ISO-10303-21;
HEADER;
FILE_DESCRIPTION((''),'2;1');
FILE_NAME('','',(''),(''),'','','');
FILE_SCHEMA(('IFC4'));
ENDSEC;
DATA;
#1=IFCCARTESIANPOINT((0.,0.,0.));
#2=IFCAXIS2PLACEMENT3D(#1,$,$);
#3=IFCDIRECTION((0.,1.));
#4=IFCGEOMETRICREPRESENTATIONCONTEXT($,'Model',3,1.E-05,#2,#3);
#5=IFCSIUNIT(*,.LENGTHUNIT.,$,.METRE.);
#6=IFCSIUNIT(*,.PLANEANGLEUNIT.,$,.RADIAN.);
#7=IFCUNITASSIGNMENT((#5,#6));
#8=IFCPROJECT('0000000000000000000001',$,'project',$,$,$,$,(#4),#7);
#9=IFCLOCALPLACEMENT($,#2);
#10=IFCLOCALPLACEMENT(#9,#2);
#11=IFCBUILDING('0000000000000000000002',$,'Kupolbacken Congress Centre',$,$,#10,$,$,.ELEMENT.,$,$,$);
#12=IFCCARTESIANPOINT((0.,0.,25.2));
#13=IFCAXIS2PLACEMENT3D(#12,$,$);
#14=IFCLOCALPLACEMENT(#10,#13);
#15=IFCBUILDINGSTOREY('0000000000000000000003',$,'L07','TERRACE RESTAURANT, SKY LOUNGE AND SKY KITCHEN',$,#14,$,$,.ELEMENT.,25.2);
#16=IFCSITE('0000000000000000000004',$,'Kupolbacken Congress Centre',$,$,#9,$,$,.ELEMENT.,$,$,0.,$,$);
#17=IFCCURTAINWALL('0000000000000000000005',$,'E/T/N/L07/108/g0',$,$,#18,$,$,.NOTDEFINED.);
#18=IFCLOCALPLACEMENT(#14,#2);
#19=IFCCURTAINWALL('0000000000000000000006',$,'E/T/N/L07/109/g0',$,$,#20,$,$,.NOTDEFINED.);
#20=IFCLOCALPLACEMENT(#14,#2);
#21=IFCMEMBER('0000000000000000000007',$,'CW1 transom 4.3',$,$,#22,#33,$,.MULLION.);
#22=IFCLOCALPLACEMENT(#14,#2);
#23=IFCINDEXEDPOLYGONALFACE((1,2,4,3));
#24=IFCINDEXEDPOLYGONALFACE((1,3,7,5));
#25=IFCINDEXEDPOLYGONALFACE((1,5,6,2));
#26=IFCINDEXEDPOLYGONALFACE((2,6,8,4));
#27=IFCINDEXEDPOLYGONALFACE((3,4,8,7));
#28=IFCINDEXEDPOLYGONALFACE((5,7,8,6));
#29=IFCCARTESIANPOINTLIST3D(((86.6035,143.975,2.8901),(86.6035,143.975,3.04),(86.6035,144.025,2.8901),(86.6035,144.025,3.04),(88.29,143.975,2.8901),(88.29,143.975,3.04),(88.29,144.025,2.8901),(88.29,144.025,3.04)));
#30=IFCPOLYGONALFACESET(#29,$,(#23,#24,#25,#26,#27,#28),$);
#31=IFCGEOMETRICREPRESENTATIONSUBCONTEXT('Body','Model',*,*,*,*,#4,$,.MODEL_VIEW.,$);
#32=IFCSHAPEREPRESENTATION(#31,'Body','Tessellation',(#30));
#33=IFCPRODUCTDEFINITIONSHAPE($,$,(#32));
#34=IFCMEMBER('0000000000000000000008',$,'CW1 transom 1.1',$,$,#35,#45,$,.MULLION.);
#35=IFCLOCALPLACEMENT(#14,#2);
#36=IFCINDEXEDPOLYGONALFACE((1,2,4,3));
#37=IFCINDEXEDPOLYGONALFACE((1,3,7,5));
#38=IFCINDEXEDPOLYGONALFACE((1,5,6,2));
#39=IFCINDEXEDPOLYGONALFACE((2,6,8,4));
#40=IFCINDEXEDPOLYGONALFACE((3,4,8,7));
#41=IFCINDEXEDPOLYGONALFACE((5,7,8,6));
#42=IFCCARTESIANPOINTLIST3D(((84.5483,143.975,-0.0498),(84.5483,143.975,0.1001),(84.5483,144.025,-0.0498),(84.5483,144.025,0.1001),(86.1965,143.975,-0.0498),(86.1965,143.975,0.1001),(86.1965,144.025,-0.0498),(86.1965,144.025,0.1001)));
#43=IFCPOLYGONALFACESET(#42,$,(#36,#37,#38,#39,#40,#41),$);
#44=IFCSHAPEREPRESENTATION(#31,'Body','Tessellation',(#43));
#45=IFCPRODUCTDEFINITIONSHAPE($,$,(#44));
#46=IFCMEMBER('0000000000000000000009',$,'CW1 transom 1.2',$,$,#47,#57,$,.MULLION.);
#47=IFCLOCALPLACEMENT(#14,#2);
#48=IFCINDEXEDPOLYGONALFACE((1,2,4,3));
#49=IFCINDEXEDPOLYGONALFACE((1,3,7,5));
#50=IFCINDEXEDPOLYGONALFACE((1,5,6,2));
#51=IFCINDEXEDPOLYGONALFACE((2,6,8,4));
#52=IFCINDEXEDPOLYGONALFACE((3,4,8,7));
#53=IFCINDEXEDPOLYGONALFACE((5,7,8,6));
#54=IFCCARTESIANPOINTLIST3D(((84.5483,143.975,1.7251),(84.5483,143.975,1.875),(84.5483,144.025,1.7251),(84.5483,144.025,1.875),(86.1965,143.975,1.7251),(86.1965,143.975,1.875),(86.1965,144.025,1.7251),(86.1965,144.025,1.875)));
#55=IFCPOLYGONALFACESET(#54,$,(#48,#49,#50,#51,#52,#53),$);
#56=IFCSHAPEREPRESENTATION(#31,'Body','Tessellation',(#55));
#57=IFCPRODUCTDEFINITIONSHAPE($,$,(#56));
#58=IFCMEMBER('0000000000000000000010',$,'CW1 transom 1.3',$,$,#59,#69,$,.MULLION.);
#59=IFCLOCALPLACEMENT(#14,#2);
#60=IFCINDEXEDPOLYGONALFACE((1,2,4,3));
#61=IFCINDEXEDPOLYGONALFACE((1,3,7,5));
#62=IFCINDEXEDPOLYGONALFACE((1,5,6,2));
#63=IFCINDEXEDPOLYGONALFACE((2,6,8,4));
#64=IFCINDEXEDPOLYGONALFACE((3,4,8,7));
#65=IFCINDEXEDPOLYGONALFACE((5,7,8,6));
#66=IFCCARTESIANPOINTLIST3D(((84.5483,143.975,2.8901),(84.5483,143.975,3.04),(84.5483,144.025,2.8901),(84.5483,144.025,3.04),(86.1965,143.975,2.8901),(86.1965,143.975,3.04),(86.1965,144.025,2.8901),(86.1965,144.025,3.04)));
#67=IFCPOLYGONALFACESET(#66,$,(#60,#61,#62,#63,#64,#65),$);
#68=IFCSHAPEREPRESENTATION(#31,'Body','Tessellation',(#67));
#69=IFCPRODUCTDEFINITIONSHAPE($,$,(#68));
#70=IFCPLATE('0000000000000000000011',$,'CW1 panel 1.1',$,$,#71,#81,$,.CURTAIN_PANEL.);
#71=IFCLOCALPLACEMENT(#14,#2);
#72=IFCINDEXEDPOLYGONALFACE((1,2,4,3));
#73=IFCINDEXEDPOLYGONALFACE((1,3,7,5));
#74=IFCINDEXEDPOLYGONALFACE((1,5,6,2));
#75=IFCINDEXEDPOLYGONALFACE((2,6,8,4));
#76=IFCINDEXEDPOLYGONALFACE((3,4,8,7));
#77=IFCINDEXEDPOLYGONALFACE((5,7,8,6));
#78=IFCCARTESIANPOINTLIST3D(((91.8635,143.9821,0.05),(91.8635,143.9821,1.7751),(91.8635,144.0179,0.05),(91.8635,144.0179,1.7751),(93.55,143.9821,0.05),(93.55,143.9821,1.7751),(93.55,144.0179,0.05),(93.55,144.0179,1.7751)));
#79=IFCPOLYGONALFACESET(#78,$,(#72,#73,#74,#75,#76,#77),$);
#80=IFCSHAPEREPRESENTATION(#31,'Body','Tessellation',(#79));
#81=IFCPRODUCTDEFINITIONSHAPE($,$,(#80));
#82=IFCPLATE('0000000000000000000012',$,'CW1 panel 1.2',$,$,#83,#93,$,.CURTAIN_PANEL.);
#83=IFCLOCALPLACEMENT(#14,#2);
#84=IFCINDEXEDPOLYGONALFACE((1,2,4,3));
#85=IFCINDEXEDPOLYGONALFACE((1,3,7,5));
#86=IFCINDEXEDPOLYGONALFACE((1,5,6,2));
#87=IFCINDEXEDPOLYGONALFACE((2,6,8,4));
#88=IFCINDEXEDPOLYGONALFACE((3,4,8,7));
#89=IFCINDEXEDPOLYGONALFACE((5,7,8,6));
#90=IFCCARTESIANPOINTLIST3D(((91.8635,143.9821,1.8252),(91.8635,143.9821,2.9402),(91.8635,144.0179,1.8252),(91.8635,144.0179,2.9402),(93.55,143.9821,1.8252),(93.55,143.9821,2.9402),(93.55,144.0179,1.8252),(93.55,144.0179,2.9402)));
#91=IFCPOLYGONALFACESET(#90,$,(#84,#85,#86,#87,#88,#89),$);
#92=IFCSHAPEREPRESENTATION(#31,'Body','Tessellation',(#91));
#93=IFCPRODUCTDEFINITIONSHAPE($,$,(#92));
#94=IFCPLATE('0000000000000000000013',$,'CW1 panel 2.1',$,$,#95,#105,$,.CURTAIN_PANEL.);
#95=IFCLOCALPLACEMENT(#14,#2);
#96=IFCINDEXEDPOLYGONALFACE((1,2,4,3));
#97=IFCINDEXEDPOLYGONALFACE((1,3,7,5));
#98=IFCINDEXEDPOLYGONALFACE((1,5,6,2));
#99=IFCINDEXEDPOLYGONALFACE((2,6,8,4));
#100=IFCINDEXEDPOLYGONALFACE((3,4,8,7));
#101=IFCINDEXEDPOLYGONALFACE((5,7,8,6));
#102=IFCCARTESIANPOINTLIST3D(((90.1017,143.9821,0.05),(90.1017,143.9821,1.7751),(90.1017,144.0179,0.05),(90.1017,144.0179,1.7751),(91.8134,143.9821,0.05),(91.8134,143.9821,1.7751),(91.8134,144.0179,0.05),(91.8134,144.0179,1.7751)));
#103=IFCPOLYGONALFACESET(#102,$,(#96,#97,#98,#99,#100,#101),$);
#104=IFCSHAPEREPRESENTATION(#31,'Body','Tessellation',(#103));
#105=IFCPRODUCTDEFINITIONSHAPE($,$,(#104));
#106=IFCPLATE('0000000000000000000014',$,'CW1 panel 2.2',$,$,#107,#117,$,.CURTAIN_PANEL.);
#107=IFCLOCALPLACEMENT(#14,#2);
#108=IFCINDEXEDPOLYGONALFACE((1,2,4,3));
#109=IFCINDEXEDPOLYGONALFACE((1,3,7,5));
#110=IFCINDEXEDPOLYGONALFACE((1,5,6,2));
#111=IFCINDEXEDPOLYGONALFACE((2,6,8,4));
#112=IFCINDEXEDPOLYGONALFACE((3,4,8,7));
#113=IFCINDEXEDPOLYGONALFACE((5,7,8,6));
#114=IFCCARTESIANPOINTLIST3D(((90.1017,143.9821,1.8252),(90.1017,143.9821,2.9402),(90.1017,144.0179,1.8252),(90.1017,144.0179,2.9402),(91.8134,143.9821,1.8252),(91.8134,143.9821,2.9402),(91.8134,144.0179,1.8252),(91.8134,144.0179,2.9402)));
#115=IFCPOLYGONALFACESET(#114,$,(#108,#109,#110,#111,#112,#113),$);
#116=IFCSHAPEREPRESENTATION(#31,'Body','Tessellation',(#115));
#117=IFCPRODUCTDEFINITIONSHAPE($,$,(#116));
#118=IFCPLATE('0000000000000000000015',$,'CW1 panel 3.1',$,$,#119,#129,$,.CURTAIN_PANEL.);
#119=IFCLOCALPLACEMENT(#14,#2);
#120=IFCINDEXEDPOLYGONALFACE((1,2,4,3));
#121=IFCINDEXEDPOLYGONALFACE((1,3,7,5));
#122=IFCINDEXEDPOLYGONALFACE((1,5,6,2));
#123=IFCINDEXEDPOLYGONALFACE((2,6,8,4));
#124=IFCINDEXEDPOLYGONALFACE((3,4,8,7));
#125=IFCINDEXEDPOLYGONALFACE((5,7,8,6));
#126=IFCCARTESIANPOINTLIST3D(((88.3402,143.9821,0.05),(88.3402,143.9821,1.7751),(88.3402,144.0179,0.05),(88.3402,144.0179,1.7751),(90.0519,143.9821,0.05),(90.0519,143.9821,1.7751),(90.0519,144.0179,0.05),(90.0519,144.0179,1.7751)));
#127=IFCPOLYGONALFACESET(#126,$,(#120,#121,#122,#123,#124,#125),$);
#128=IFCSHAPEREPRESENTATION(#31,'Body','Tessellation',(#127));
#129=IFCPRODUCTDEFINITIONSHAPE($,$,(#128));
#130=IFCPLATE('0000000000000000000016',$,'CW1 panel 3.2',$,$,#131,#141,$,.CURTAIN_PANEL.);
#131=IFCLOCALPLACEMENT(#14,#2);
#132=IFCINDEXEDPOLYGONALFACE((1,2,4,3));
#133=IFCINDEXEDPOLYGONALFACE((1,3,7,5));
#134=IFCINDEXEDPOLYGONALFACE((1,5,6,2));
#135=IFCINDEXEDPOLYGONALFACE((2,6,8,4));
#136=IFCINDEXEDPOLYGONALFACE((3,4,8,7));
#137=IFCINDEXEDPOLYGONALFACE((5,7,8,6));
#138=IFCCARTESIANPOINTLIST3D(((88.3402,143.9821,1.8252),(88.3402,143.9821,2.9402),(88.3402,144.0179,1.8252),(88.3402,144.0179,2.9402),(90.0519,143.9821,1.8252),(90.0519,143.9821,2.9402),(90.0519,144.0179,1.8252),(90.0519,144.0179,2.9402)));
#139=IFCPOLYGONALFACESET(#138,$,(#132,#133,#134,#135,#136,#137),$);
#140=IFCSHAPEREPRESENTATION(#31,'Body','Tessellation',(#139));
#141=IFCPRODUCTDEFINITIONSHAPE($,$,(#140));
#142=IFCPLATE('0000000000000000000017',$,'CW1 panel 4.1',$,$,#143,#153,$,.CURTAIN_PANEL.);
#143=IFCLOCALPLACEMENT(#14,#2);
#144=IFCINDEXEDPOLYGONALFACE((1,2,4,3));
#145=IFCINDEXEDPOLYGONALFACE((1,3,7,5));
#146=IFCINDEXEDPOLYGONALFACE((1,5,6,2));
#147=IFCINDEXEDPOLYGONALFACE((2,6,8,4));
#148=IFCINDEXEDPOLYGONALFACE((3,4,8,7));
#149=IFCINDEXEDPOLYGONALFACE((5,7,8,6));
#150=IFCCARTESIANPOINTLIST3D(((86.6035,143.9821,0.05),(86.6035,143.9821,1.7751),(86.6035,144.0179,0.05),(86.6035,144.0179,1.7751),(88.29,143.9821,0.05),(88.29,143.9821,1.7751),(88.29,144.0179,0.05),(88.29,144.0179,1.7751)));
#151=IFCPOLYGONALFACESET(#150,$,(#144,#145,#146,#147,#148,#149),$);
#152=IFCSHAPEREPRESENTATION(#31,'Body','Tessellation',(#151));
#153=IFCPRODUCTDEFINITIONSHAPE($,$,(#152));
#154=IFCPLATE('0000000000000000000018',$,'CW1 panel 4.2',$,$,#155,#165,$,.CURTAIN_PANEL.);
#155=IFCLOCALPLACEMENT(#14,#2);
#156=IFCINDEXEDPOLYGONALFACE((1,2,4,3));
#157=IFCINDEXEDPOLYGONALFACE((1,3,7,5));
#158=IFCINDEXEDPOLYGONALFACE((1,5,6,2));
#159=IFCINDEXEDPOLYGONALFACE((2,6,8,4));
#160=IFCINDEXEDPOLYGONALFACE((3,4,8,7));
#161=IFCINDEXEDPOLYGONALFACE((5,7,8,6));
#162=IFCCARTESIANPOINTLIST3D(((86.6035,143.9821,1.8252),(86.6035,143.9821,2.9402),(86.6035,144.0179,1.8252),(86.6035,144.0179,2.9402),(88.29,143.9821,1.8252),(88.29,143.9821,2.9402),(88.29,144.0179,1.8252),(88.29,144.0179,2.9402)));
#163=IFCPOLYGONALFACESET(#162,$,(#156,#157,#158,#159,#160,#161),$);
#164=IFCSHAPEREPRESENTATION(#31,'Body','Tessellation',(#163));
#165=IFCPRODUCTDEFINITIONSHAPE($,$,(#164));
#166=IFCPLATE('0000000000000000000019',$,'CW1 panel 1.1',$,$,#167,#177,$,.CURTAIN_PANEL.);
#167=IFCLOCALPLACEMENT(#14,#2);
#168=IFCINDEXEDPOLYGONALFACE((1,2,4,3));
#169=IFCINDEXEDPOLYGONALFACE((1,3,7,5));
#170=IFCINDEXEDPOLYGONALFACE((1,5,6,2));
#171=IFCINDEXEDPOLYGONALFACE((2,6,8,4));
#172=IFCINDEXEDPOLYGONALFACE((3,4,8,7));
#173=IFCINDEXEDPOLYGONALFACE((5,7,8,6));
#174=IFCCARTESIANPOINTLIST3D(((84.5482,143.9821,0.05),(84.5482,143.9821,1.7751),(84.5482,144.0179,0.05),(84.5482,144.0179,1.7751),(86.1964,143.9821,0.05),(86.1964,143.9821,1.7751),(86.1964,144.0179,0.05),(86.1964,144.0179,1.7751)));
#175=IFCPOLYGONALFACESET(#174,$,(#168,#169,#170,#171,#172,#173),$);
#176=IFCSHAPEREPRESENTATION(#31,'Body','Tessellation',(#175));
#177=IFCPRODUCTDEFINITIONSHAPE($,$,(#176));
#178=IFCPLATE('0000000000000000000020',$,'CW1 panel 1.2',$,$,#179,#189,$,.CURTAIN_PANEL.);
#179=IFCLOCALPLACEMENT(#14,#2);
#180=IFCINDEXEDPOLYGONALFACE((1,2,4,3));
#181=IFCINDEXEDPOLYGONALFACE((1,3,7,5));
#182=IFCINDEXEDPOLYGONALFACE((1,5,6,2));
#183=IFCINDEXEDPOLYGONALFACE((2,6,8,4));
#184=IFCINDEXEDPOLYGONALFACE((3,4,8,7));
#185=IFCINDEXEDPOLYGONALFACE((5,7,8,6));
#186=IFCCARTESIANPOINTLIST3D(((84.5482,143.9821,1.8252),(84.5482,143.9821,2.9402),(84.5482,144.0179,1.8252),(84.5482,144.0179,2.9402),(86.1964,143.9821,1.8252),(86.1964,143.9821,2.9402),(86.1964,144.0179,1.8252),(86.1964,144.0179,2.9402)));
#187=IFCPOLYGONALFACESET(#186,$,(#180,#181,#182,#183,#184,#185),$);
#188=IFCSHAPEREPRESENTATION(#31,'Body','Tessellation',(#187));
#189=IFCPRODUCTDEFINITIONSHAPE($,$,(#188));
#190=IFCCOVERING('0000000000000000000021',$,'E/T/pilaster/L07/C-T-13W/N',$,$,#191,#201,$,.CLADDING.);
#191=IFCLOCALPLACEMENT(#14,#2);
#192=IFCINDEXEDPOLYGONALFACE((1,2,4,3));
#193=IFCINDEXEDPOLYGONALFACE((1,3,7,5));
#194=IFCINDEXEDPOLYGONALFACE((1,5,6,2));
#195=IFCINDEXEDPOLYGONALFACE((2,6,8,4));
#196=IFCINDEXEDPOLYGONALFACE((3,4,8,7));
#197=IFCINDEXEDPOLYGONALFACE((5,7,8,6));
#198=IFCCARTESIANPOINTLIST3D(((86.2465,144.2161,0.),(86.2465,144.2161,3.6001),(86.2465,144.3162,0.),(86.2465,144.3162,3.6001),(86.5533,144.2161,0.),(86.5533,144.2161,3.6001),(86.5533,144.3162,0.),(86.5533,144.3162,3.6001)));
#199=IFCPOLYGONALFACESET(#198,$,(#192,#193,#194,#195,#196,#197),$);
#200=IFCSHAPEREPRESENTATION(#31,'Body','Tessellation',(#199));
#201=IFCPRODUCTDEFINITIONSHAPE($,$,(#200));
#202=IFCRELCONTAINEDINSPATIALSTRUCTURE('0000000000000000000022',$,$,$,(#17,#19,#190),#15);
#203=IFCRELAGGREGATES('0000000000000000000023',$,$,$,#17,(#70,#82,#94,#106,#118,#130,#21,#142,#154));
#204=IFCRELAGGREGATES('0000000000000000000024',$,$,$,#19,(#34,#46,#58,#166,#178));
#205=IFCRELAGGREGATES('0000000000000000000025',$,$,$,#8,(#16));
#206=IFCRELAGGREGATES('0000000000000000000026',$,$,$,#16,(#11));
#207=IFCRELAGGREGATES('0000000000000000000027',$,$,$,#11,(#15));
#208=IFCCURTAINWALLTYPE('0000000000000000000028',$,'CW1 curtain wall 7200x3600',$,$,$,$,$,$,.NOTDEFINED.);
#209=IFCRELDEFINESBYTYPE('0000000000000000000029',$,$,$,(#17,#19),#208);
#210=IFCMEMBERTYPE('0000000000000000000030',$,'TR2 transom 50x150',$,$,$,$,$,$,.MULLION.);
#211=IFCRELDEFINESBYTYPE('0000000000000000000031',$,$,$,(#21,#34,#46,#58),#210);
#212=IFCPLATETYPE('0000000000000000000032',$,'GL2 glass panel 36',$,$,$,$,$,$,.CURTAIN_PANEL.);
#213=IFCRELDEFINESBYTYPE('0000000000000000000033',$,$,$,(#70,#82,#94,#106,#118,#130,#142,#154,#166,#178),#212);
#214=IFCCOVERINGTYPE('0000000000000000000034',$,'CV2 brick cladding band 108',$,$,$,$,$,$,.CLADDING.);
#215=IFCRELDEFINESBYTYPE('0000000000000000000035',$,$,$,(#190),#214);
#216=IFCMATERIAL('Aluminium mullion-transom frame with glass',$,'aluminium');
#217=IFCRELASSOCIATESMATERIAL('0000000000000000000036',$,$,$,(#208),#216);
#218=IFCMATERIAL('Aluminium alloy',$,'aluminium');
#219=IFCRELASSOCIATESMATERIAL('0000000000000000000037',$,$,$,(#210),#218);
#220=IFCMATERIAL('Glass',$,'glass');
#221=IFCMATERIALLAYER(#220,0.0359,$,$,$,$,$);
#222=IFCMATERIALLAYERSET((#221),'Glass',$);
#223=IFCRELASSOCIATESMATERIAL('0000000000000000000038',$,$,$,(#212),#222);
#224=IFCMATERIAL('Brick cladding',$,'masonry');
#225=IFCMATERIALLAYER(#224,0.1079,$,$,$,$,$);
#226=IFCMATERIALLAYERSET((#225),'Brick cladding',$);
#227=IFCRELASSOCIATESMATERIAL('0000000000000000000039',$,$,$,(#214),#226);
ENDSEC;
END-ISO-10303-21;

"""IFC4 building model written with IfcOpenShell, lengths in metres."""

from ifc_helpers import new_model, si_unit, direction, frame, origin, origin_2d, place, context, subcontext, project, spatial, rectangle, extrude, material, layer, layer_set, material_profile, profile_set, type_object, element, aggregate, save


model = new_model("IFC4")

# Units and contexts
model_context = context("Model", 3, precision=1e-05, world=origin(), true_north=direction((0.0, 1.0)))
body_context = subcontext(model_context, "Body", "Model", "MODEL_VIEW")
ifc_project = project(units=[si_unit("LENGTHUNIT", "METRE"), si_unit("PLANEANGLEUNIT", "RADIAN")], contexts=[model_context])

# Site, building, storey
site_placement = place(None, origin())
site = spatial("IfcSite", under=ifc_project, at=site_placement, Name="Kupolbacken Congress Centre", CompositionType="ELEMENT", RefElevation=0.0)
building_placement = place(site_placement, origin())
building = spatial("IfcBuilding", under=site, at=building_placement, Name="Kupolbacken Congress Centre", CompositionType="ELEMENT")
storey_placement = place(building_placement, frame((0.0, 0.0, 25.2)))
storey = spatial("IfcBuildingStorey", under=building, at=storey_placement, Name="L07", Description="TERRACE RESTAURANT, SKY LOUNGE AND SKY KITCHEN", CompositionType="ELEMENT", Elevation=25.2)

# Curtain walls
ifc_material_1 = material(Name="Aluminium mullion-transom frame with glass", Category="aluminium")
curtain_wall_type = type_object("IfcCurtainWallType", Name="CW1 curtain wall 7200x3600", PredefinedType="NOTDEFINED", material=ifc_material_1)
curtain_wall_1_placement = place(storey_placement, origin())
curtain_wall_1 = element("IfcCurtainWall", 1, at=curtain_wall_1_placement, inside=storey, type_object=curtain_wall_type, Name="E/T/N/L07/108/g0", PredefinedType="NOTDEFINED")
curtain_wall_2_placement = place(storey_placement, origin())
curtain_wall_2 = element("IfcCurtainWall", 2, at=curtain_wall_2_placement, inside=storey, type_object=curtain_wall_type, Name="E/T/N/L07/109/g0", PredefinedType="NOTDEFINED")

# Members
ifc_material_2 = material(Name="Aluminium alloy", Category="aluminium")
ifc_material_profile_1 = material_profile(ifc_material_2, rectangle(XDim=0.05, YDim=0.1499, at=origin_2d()), Name="50 x 150")
ifc_profile_set_1 = profile_set([ifc_material_profile_1], Name="Aluminium alloy")
member_type_1 = type_object("IfcMemberType", Name="TR2 transom 50x150", PredefinedType="MULLION", material=ifc_profile_set_1)
member_1_placement = place(storey_placement, frame((88.29, 144.0, 2.9651), z_axis=(-1.0, 0.0, 0.0), x_axis=(0.0, -1.0, 0.0)))
member_1 = element("IfcMember", 3, at=member_1_placement, type_object=member_type_1, Name="CW1 transom 4.3", PredefinedType="MULLION", context=body_context, shape_type="SweptSolid", body=[
    extrude(rectangle(XDim=0.05, YDim=0.1499, at=origin_2d()), origin(), (0.0, 0.0, 1.0), 1.6865),
])
member_2_placement = place(storey_placement, frame((86.1965, 144.0, 0.0251), z_axis=(-1.0, 0.0, 0.0), x_axis=(0.0, -1.0, 0.0)))
member_2 = element("IfcMember", 4, at=member_2_placement, type_object=member_type_1, Name="CW1 transom 1.1", PredefinedType="MULLION", context=body_context, shape_type="SweptSolid", body=[
    extrude(rectangle(XDim=0.05, YDim=0.1499, at=origin_2d()), origin(), (0.0, 0.0, 1.0), 1.6482),
])
member_3_placement = place(storey_placement, frame((86.1965, 144.0, 1.8), z_axis=(-1.0, 0.0, 0.0), x_axis=(0.0, -1.0, 0.0)))
member_3 = element("IfcMember", 5, at=member_3_placement, type_object=member_type_1, Name="CW1 transom 1.2", PredefinedType="MULLION", context=body_context, shape_type="SweptSolid", body=[
    extrude(rectangle(XDim=0.05, YDim=0.1499, at=origin_2d()), origin(), (0.0, 0.0, 1.0), 1.6482),
])
member_4_placement = place(storey_placement, frame((86.1965, 144.0, 2.9651), z_axis=(-1.0, 0.0, 0.0), x_axis=(0.0, -1.0, 0.0)))
member_4 = element("IfcMember", 6, at=member_4_placement, type_object=member_type_1, Name="CW1 transom 1.3", PredefinedType="MULLION", context=body_context, shape_type="SweptSolid", body=[
    extrude(rectangle(XDim=0.05, YDim=0.1499, at=origin_2d()), origin(), (0.0, 0.0, 1.0), 1.6482),
])

# Plates
ifc_material_3 = material(Name="Glass", Category="glass")
ifc_layer_1 = layer(ifc_material_3, 0.0359)
ifc_layer_set_1 = layer_set([ifc_layer_1], Name="Glass")
plate_type = type_object("IfcPlateType", Name="GL2 glass panel 36", PredefinedType="CURTAIN_PANEL", material=ifc_layer_set_1)
plate_1_placement = place(storey_placement, frame((92.7068, 144.0, 0.05), z_axis=(0.0, 0.0, 1.0), x_axis=(-1.0, 0.0, 0.0)))
plate_1 = element("IfcPlate", 7, at=plate_1_placement, type_object=plate_type, Name="CW1 panel 1.1", PredefinedType="CURTAIN_PANEL", context=body_context, shape_type="SweptSolid", body=[
    extrude(rectangle(XDim=1.6865, YDim=0.0359, at=origin_2d()), origin(), (0.0, 0.0, 1.0), 1.7251),
])
plate_2_placement = place(storey_placement, frame((92.7068, 144.0, 1.8252), z_axis=(0.0, 0.0, 1.0), x_axis=(-1.0, 0.0, 0.0)))
plate_2 = element("IfcPlate", 8, at=plate_2_placement, type_object=plate_type, Name="CW1 panel 1.2", PredefinedType="CURTAIN_PANEL", context=body_context, shape_type="SweptSolid", body=[
    extrude(rectangle(XDim=1.6865, YDim=0.0359, at=origin_2d()), origin(), (0.0, 0.0, 1.0), 1.115),
])
plate_3_placement = place(storey_placement, frame((90.9575, 144.0, 0.05), z_axis=(0.0, 0.0, 1.0), x_axis=(-1.0, 0.0, 0.0)))
plate_3 = element("IfcPlate", 9, at=plate_3_placement, type_object=plate_type, Name="CW1 panel 2.1", PredefinedType="CURTAIN_PANEL", context=body_context, shape_type="SweptSolid", body=[
    extrude(rectangle(XDim=1.7117, YDim=0.0359, at=origin_2d()), origin(), (0.0, 0.0, 1.0), 1.7251),
])
plate_4_placement = place(storey_placement, frame((90.9575, 144.0, 1.8252), z_axis=(0.0, 0.0, 1.0), x_axis=(-1.0, 0.0, 0.0)))
plate_4 = element("IfcPlate", 10, at=plate_4_placement, type_object=plate_type, Name="CW1 panel 2.2", PredefinedType="CURTAIN_PANEL", context=body_context, shape_type="SweptSolid", body=[
    extrude(rectangle(XDim=1.7117, YDim=0.0359, at=origin_2d()), origin(), (0.0, 0.0, 1.0), 1.115),
])
plate_5_placement = place(storey_placement, frame((89.196, 144.0, 0.05), z_axis=(0.0, 0.0, 1.0), x_axis=(-1.0, 0.0, 0.0)))
plate_5 = element("IfcPlate", 11, at=plate_5_placement, type_object=plate_type, Name="CW1 panel 3.1", PredefinedType="CURTAIN_PANEL", context=body_context, shape_type="SweptSolid", body=[
    extrude(rectangle(XDim=1.7117, YDim=0.0359, at=origin_2d()), origin(), (0.0, 0.0, 1.0), 1.7251),
])
plate_6_placement = place(storey_placement, frame((89.196, 144.0, 1.8252), z_axis=(0.0, 0.0, 1.0), x_axis=(-1.0, 0.0, 0.0)))
plate_6 = element("IfcPlate", 12, at=plate_6_placement, type_object=plate_type, Name="CW1 panel 3.2", PredefinedType="CURTAIN_PANEL", context=body_context, shape_type="SweptSolid", body=[
    extrude(rectangle(XDim=1.7117, YDim=0.0359, at=origin_2d()), origin(), (0.0, 0.0, 1.0), 1.115),
])
plate_7_placement = place(storey_placement, frame((87.4468, 144.0, 0.05), z_axis=(0.0, 0.0, 1.0), x_axis=(-1.0, 0.0, 0.0)))
plate_7 = element("IfcPlate", 13, at=plate_7_placement, type_object=plate_type, Name="CW1 panel 4.1", PredefinedType="CURTAIN_PANEL", context=body_context, shape_type="SweptSolid", body=[
    extrude(rectangle(XDim=1.6865, YDim=0.0359, at=origin_2d()), origin(), (0.0, 0.0, 1.0), 1.7251),
])
plate_8_placement = place(storey_placement, frame((87.4468, 144.0, 1.8252), z_axis=(0.0, 0.0, 1.0), x_axis=(-1.0, 0.0, 0.0)))
plate_8 = element("IfcPlate", 14, at=plate_8_placement, type_object=plate_type, Name="CW1 panel 4.2", PredefinedType="CURTAIN_PANEL", context=body_context, shape_type="SweptSolid", body=[
    extrude(rectangle(XDim=1.6865, YDim=0.0359, at=origin_2d()), origin(), (0.0, 0.0, 1.0), 1.115),
])
aggregate(curtain_wall_1, [plate_1, plate_2, plate_3, plate_4, plate_5, plate_6, member_1, plate_7, plate_8])
plate_9_placement = place(storey_placement, frame((85.3723, 144.0, 0.05), z_axis=(0.0, 0.0, 1.0), x_axis=(-1.0, 0.0, 0.0)))
plate_9 = element("IfcPlate", 15, at=plate_9_placement, type_object=plate_type, Name="CW1 panel 1.1", PredefinedType="CURTAIN_PANEL", context=body_context, shape_type="SweptSolid", body=[
    extrude(rectangle(XDim=1.6482, YDim=0.0359, at=origin_2d()), origin(), (0.0, 0.0, 1.0), 1.7251),
])
plate_10_placement = place(storey_placement, frame((85.3723, 144.0, 1.8252), z_axis=(0.0, 0.0, 1.0), x_axis=(-1.0, 0.0, 0.0)))
plate_10 = element("IfcPlate", 16, at=plate_10_placement, type_object=plate_type, Name="CW1 panel 1.2", PredefinedType="CURTAIN_PANEL", context=body_context, shape_type="SweptSolid", body=[
    extrude(rectangle(XDim=1.6482, YDim=0.0359, at=origin_2d()), origin(), (0.0, 0.0, 1.0), 1.115),
])
aggregate(curtain_wall_2, [member_2, member_3, member_4, plate_9, plate_10])

# Covering
ifc_material_4 = material(Name="Brick cladding", Category="masonry")
ifc_layer_2 = layer(ifc_material_4, 0.1079)
ifc_layer_set_2 = layer_set([ifc_layer_2], Name="Brick cladding")
covering_type = type_object("IfcCoveringType", Name="CV2 brick cladding band 108", PredefinedType="CLADDING", material=ifc_layer_set_2)
covering_placement = place(storey_placement, frame((86.3999, 144.2661, 0.0), z_axis=(0.0, 0.0, 1.0), x_axis=(1.0, 0.0, 0.0)))
element("IfcCovering", 17, at=covering_placement, inside=storey, type_object=covering_type, Name="E/T/pilaster/L07/C-T-13W/N", PredefinedType="CLADDING", context=body_context, shape_type="SweptSolid", body=[
    extrude(rectangle(XDim=0.3069, YDim=0.1001, at=origin_2d()), origin(), (0.0, 0.0, 1.0), 3.6001),
])

save(model, "model.ifc")
